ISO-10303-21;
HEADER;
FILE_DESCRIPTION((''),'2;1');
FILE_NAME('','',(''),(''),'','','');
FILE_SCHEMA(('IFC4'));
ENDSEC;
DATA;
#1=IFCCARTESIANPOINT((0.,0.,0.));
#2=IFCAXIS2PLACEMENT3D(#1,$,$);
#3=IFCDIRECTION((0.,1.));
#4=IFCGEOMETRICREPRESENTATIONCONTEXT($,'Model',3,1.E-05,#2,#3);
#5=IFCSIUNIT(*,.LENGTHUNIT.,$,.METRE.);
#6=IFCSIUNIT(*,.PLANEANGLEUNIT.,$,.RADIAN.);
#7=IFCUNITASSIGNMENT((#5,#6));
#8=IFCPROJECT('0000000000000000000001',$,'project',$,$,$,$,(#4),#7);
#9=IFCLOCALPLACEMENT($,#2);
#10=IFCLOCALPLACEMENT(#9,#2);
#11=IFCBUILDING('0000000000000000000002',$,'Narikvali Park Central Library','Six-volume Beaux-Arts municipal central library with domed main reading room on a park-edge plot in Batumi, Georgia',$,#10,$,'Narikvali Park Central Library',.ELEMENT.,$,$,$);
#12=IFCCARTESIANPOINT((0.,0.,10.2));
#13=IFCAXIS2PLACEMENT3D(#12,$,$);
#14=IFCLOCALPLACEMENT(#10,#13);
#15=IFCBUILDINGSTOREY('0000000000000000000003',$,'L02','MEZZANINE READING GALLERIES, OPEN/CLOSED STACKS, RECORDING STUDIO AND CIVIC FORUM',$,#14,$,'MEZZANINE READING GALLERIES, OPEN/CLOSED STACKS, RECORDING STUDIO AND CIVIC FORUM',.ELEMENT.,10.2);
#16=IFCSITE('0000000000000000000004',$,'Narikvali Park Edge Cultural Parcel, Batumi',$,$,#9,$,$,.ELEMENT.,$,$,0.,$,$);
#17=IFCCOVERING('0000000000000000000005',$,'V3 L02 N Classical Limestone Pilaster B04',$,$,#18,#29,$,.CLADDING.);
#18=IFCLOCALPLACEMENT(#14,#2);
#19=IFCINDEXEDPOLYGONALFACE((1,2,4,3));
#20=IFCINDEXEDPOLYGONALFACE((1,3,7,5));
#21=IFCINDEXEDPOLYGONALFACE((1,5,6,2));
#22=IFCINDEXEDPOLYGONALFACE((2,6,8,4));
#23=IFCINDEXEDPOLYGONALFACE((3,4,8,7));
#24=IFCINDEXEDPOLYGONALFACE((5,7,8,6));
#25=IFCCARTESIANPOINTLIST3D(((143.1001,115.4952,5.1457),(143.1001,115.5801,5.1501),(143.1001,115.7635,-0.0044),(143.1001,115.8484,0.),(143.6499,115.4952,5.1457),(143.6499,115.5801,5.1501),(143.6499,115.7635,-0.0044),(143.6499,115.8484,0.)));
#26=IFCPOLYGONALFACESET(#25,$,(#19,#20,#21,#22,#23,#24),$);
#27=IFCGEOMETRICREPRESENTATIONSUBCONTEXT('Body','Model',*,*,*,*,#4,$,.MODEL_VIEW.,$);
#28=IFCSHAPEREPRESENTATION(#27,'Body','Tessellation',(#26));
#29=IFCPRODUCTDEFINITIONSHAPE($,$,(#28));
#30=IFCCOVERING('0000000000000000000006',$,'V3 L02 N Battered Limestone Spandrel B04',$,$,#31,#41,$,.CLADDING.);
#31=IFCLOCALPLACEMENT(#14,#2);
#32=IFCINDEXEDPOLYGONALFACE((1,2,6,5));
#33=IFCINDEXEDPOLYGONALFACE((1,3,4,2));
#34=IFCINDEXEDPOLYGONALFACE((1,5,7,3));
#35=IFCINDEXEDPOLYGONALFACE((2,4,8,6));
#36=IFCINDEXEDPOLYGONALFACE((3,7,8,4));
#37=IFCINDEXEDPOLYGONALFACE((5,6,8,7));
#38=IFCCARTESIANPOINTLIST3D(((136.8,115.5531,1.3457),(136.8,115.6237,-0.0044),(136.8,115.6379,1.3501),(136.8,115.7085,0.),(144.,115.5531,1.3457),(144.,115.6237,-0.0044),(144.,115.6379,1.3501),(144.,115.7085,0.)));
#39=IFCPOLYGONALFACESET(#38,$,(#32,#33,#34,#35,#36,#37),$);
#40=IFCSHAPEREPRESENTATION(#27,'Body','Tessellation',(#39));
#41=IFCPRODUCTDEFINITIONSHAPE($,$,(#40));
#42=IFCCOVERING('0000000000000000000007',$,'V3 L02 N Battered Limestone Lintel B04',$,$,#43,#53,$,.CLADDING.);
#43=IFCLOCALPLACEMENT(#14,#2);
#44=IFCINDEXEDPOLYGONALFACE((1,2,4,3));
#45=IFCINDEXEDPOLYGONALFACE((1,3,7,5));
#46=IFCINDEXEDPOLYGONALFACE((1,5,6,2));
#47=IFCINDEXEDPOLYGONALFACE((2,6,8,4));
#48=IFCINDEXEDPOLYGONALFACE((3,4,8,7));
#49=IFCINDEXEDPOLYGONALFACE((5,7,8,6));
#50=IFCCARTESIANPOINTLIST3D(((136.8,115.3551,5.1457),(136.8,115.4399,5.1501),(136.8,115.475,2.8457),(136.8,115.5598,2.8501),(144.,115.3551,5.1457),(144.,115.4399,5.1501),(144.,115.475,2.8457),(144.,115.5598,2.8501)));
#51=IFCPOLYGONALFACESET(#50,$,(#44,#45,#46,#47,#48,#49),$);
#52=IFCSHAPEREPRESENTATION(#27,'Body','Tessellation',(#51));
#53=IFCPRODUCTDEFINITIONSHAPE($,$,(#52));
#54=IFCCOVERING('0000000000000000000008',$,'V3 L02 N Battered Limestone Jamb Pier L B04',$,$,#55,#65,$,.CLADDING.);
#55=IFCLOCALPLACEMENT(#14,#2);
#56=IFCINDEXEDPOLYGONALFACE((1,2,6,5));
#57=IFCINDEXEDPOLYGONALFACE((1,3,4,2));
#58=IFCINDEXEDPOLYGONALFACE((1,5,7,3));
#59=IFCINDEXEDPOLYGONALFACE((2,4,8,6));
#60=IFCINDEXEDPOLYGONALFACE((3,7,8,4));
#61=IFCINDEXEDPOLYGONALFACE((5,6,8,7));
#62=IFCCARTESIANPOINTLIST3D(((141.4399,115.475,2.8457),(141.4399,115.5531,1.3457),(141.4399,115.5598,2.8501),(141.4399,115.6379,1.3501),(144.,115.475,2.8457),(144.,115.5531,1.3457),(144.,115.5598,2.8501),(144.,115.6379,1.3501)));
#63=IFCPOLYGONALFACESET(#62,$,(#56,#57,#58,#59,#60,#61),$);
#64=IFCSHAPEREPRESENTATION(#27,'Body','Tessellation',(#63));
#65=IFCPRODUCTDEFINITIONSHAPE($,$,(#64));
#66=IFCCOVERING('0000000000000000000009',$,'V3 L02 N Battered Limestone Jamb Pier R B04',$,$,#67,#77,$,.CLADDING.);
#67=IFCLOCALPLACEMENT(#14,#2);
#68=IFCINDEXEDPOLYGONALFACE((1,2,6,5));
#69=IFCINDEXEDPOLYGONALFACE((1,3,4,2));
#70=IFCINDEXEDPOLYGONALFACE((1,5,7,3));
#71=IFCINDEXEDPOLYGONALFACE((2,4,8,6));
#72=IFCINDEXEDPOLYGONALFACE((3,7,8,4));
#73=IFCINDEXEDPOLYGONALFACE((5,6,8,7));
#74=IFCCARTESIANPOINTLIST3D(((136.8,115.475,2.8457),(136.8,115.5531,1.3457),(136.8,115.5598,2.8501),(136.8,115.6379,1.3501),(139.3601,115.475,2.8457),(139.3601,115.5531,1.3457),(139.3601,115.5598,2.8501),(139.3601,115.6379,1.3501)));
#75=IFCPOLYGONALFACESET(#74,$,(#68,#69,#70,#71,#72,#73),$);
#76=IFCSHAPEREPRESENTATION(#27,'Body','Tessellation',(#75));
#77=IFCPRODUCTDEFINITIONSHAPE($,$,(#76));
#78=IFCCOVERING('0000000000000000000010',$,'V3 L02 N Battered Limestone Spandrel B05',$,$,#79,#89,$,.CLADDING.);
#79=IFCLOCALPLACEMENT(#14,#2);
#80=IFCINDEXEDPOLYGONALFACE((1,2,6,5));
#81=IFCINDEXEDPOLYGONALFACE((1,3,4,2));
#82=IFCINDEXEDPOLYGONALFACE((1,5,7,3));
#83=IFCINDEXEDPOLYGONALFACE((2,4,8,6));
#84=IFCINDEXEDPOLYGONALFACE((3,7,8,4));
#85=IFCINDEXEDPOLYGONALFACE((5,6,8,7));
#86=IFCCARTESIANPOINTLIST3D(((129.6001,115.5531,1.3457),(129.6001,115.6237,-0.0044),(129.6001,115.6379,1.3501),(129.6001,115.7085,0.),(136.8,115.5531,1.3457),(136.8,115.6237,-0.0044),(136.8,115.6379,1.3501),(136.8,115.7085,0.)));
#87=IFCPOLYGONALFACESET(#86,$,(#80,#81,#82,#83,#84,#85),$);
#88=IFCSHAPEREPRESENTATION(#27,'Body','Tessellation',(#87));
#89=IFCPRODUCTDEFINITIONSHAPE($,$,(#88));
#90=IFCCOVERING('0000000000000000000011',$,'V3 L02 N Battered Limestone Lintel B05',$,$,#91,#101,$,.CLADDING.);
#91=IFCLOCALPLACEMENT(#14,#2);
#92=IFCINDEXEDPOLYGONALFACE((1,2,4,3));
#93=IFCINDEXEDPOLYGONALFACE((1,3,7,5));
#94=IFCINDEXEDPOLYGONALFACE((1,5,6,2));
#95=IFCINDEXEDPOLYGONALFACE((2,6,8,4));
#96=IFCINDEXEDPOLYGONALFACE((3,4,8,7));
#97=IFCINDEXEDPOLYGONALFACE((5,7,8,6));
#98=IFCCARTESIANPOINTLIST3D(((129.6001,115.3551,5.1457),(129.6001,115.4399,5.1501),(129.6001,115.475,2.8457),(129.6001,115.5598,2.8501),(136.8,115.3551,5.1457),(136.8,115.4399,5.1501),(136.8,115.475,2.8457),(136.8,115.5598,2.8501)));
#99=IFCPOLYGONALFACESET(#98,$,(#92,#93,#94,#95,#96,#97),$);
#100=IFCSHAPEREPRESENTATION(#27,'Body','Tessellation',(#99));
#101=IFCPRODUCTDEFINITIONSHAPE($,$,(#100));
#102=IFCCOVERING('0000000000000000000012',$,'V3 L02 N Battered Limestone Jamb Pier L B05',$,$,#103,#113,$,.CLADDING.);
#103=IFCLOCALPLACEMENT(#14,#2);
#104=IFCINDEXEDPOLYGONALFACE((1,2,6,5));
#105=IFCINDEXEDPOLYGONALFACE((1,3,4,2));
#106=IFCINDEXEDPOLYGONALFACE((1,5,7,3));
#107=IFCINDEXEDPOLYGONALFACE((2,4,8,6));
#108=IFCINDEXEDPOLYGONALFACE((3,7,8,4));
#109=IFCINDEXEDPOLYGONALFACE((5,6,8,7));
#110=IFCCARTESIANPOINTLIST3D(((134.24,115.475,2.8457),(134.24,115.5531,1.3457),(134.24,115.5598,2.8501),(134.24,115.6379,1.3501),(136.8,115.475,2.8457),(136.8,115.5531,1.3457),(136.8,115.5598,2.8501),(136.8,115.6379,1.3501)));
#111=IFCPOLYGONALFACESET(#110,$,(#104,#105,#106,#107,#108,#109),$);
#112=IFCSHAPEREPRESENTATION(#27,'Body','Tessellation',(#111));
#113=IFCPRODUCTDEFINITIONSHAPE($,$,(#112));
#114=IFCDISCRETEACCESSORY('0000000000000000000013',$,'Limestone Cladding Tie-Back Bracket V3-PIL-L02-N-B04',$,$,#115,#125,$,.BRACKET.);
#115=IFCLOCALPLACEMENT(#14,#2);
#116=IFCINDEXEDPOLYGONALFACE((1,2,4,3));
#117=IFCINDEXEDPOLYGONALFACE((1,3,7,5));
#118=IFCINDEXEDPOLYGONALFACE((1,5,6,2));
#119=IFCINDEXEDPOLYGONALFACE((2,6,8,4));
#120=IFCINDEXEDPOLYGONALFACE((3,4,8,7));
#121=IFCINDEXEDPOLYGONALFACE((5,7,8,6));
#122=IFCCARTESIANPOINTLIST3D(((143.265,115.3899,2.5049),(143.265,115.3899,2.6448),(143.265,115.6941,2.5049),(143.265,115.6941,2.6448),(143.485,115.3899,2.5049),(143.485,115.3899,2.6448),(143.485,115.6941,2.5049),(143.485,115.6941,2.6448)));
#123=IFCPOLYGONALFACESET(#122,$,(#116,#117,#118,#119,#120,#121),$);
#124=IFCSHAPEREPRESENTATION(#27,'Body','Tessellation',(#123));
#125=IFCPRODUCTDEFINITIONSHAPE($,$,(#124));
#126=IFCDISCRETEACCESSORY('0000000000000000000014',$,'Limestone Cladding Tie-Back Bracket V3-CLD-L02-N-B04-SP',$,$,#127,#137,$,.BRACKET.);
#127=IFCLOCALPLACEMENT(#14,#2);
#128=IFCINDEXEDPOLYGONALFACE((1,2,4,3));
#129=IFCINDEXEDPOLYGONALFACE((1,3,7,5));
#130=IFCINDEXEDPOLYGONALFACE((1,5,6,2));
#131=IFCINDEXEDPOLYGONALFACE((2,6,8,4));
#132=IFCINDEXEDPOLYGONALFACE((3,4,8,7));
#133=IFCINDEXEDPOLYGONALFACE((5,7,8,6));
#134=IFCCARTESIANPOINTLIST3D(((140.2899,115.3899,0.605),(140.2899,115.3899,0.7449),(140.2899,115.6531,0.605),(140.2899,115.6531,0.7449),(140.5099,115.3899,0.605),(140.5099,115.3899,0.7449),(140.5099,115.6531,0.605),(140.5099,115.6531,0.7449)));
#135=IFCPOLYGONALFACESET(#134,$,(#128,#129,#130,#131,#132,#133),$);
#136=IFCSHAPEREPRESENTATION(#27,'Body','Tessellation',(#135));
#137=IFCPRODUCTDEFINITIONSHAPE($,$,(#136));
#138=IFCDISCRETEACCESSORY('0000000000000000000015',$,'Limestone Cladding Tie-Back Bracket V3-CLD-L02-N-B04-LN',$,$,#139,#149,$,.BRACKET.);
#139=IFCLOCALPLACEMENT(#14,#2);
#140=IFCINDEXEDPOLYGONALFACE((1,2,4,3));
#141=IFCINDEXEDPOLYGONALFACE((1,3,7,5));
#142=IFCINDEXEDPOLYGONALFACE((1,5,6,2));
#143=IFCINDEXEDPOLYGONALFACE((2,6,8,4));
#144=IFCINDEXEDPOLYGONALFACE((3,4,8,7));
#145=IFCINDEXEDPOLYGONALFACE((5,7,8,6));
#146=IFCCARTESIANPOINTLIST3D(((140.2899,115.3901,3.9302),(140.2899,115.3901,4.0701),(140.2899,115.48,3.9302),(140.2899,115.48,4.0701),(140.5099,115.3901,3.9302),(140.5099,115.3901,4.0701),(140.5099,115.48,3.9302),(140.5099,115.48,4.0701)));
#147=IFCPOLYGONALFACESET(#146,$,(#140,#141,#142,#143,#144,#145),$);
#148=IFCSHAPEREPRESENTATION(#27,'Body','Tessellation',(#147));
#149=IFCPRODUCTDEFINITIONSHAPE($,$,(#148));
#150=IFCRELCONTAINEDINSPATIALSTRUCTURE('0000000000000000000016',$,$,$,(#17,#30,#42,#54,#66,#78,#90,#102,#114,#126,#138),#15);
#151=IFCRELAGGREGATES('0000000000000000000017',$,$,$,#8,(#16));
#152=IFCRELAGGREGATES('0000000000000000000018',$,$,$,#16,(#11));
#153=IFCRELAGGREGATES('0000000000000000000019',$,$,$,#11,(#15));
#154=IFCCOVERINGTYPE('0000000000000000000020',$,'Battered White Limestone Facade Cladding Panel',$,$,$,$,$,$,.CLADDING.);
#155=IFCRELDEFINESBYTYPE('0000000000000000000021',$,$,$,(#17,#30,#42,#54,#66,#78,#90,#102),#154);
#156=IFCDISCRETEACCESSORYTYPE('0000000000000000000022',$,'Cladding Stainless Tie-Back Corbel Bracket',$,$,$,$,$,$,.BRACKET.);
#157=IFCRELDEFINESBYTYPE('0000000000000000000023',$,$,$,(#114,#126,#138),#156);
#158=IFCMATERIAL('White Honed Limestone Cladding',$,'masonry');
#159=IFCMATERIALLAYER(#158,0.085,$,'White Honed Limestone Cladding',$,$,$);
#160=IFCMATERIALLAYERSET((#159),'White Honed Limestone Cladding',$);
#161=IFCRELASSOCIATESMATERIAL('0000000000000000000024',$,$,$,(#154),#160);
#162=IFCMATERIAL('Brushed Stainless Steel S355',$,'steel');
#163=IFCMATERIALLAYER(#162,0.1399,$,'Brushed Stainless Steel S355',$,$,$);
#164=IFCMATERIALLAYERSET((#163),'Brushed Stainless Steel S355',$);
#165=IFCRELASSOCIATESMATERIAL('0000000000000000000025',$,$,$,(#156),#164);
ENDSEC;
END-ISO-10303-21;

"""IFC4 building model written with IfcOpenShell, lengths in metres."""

from ifc_helpers import new_model, si_unit, direction, frame, origin, origin_2d, place, context, subcontext, project, spatial, polyline, rectangle, outline, extrude, material, layer, layer_set, type_object, element, save


model = new_model("IFC4")

# Units and contexts
model_context = context("Model", 3, precision=1e-05, world=origin(), true_north=direction((0.0, 1.0)))
body_context = subcontext(model_context, "Body", "Model", "MODEL_VIEW")
ifc_project = project(units=[si_unit("LENGTHUNIT", "METRE"), si_unit("PLANEANGLEUNIT", "RADIAN")], contexts=[model_context])

# Site, building, storey
site_placement = place(None, origin())
site = spatial("IfcSite", under=ifc_project, at=site_placement, Name="Narikvali Park Edge Cultural Parcel, Batumi", CompositionType="ELEMENT", RefElevation=0.0)
building_placement = place(site_placement, origin())
building = spatial("IfcBuilding", under=site, at=building_placement, Name="Narikvali Park Central Library", Description="Six-volume Beaux-Arts municipal central library with domed main reading room on a park-edge plot in Batumi, Georgia", LongName="Narikvali Park Central Library", CompositionType="ELEMENT")
storey_placement = place(building_placement, frame((0.0, 0.0, 10.2)))
storey = spatial("IfcBuildingStorey", under=building, at=storey_placement, Name="L02", Description="MEZZANINE READING GALLERIES, OPEN/CLOSED STACKS, RECORDING STUDIO AND CIVIC FORUM", LongName="MEZZANINE READING GALLERIES, OPEN/CLOSED STACKS, RECORDING STUDIO AND CIVIC FORUM", CompositionType="ELEMENT", Elevation=10.2)

# Coverings
ifc_material_1 = material(Name="White Honed Limestone Cladding", Category="masonry")
ifc_layer_1 = layer(ifc_material_1, 0.085, Name="White Honed Limestone Cladding")
ifc_layer_set_1 = layer_set([ifc_layer_1], Name="White Honed Limestone Cladding")
covering_type = type_object("IfcCoveringType", Name="Battered White Limestone Facade Cladding Panel", PredefinedType="CLADDING", material=ifc_layer_set_1)
covering_1_placement = place(storey_placement, frame((143.6499, 115.8484, 0.0), z_axis=(0.0, 0.998646, 0.052027), x_axis=(-1.0, 0.0, 0.0)))
element("IfcCovering", 1, at=covering_1_placement, inside=storey, type_object=covering_type, Name="V3 L02 N Classical Limestone Pilaster B04", PredefinedType="CLADDING", context=body_context, shape_type="SweptSolid", body=[
    extrude(outline(polyline([(0.0, 0.0), (0.5498, 0.0), (0.5498, 5.1571), (0.0, 5.1571), (0.0, 0.0)])), origin(), (0.0, 0.0, -1.0), 0.085),
])
covering_2_placement = place(storey_placement, frame((144.0, 115.7085, 0.0), z_axis=(0.0, 0.998637, 0.052189), x_axis=(-1.0, 0.0, 0.0)))
element("IfcCovering", 2, at=covering_2_placement, inside=storey, type_object=covering_type, Name="V3 L02 N Battered Limestone Spandrel B04", PredefinedType="CLADDING", context=body_context, shape_type="SweptSolid", body=[
    extrude(outline(polyline([(0.0, 0.0), (7.2, 0.0), (7.2, 1.3519), (0.0, 1.3519), (0.0, 0.0)])), origin(), (0.0, 0.0, -1.0), 0.085),
])
covering_3_placement = place(storey_placement, frame((144.0, 115.5598, 2.8501), z_axis=(0.0, 0.998645, 0.052047), x_axis=(-1.0, 0.0, 0.0)))
element("IfcCovering", 3, at=covering_3_placement, inside=storey, type_object=covering_type, Name="V3 L02 N Battered Limestone Lintel B04", PredefinedType="CLADDING", context=body_context, shape_type="SweptSolid", body=[
    extrude(outline(polyline([(0.0, 0.0), (7.2, 0.0), (7.2, 2.3032), (0.0, 2.3032), (0.0, 0.0)])), origin(), (0.0, 0.0, -1.0), 0.085),
])
for number, where, z_axis, x_axis, name in (
    (4, (144.0, 115.6379, 1.3501), (0.0, 0.998646, 0.052013), (-1.0, 0.0, 0.0), "V3 L02 N Battered Limestone Jamb Pier L B04"),
    (5, (139.3601, 115.6379, 1.3501), (0.0, 0.998646, 0.052013), (-1.0, 0.0, 0.0), "V3 L02 N Battered Limestone Jamb Pier R B04"),
):
    element("IfcCovering", number, at=place(storey_placement, frame(where, z_axis=z_axis, x_axis=x_axis)), inside=storey, type_object=covering_type, Name=name, PredefinedType="CLADDING", context=body_context, shape_type="SweptSolid", body=[
        extrude(outline(polyline([(0.0, 0.0), (2.5601, 0.0), (2.5601, 1.502), (0.0, 1.502), (0.0, 0.0)])), origin(), (0.0, 0.0, -1.0), 0.085),
    ])
covering_4_placement = place(storey_placement, frame((136.8, 115.7085, 0.0), z_axis=(0.0, 0.998637, 0.052189), x_axis=(-1.0, 0.0, 0.0)))
element("IfcCovering", 6, at=covering_4_placement, inside=storey, type_object=covering_type, Name="V3 L02 N Battered Limestone Spandrel B05", PredefinedType="CLADDING", context=body_context, shape_type="SweptSolid", body=[
    extrude(outline(polyline([(0.0, 0.0), (7.2, 0.0), (7.2, 1.3519), (0.0, 1.3519), (0.0, 0.0)])), origin(), (0.0, 0.0, -1.0), 0.085),
])
covering_5_placement = place(storey_placement, frame((136.8, 115.5598, 2.8501), z_axis=(0.0, 0.998645, 0.052047), x_axis=(-1.0, 0.0, 0.0)))
element("IfcCovering", 7, at=covering_5_placement, inside=storey, type_object=covering_type, Name="V3 L02 N Battered Limestone Lintel B05", PredefinedType="CLADDING", context=body_context, shape_type="SweptSolid", body=[
    extrude(outline(polyline([(0.0, 0.0), (7.2, 0.0), (7.2, 2.3032), (0.0, 2.3032), (0.0, 0.0)])), origin(), (0.0, 0.0, -1.0), 0.085),
])
covering_6_placement = place(storey_placement, frame((136.8, 115.6379, 1.3501), z_axis=(0.0, 0.998646, 0.052013), x_axis=(-1.0, 0.0, 0.0)))
element("IfcCovering", 8, at=covering_6_placement, inside=storey, type_object=covering_type, Name="V3 L02 N Battered Limestone Jamb Pier L B05", PredefinedType="CLADDING", context=body_context, shape_type="SweptSolid", body=[
    extrude(outline(polyline([(0.0, 0.0), (2.5601, 0.0), (2.5601, 1.502), (0.0, 1.502), (0.0, 0.0)])), origin(), (0.0, 0.0, -1.0), 0.085),
])

# Discrete accessories
ifc_material_2 = material(Name="Brushed Stainless Steel S355", Category="steel")
ifc_layer_2 = layer(ifc_material_2, 0.1399, Name="Brushed Stainless Steel S355")
ifc_layer_set_2 = layer_set([ifc_layer_2], Name="Brushed Stainless Steel S355")
discrete_accessory_type = type_object("IfcDiscreteAccessoryType", Name="Cladding Stainless Tie-Back Corbel Bracket", PredefinedType="BRACKET", material=ifc_layer_set_2)
discrete_accessory_1_placement = place(storey_placement, frame((143.375, 115.542, 2.5049), z_axis=(0.0, 0.0, 1.0), x_axis=(1.0, 0.0, 0.0)))
element("IfcDiscreteAccessory", 9, at=discrete_accessory_1_placement, inside=storey, type_object=discrete_accessory_type, Name="Limestone Cladding Tie-Back Bracket V3-PIL-L02-N-B04", PredefinedType="BRACKET", context=body_context, shape_type="SweptSolid", body=[
    extrude(rectangle(XDim=0.22, YDim=0.3042, at=origin_2d()), origin(), (0.0, 0.0, 1.0), 0.1399),
])
discrete_accessory_2_placement = place(storey_placement, frame((140.3999, 115.5215, 0.605), z_axis=(0.0, 0.0, 1.0), x_axis=(1.0, 0.0, 0.0)))
element("IfcDiscreteAccessory", 10, at=discrete_accessory_2_placement, inside=storey, type_object=discrete_accessory_type, Name="Limestone Cladding Tie-Back Bracket V3-CLD-L02-N-B04-SP", PredefinedType="BRACKET", context=body_context, shape_type="SweptSolid", body=[
    extrude(rectangle(XDim=0.22, YDim=0.2632, at=origin_2d()), origin(), (0.0, 0.0, 1.0), 0.1399),
])
discrete_accessory_3_placement = place(storey_placement, frame((140.3999, 115.4351, 3.9302), z_axis=(0.0, 0.0, 1.0), x_axis=(1.0, 0.0, 0.0)))
element("IfcDiscreteAccessory", 11, at=discrete_accessory_3_placement, inside=storey, type_object=discrete_accessory_type, Name="Limestone Cladding Tie-Back Bracket V3-CLD-L02-N-B04-LN", PredefinedType="BRACKET", context=body_context, shape_type="SweptSolid", body=[
    extrude(rectangle(XDim=0.22, YDim=0.0898, at=origin_2d()), origin(), (0.0, 0.0, 1.0), 0.1399),
])

save(model, "model.ifc")
